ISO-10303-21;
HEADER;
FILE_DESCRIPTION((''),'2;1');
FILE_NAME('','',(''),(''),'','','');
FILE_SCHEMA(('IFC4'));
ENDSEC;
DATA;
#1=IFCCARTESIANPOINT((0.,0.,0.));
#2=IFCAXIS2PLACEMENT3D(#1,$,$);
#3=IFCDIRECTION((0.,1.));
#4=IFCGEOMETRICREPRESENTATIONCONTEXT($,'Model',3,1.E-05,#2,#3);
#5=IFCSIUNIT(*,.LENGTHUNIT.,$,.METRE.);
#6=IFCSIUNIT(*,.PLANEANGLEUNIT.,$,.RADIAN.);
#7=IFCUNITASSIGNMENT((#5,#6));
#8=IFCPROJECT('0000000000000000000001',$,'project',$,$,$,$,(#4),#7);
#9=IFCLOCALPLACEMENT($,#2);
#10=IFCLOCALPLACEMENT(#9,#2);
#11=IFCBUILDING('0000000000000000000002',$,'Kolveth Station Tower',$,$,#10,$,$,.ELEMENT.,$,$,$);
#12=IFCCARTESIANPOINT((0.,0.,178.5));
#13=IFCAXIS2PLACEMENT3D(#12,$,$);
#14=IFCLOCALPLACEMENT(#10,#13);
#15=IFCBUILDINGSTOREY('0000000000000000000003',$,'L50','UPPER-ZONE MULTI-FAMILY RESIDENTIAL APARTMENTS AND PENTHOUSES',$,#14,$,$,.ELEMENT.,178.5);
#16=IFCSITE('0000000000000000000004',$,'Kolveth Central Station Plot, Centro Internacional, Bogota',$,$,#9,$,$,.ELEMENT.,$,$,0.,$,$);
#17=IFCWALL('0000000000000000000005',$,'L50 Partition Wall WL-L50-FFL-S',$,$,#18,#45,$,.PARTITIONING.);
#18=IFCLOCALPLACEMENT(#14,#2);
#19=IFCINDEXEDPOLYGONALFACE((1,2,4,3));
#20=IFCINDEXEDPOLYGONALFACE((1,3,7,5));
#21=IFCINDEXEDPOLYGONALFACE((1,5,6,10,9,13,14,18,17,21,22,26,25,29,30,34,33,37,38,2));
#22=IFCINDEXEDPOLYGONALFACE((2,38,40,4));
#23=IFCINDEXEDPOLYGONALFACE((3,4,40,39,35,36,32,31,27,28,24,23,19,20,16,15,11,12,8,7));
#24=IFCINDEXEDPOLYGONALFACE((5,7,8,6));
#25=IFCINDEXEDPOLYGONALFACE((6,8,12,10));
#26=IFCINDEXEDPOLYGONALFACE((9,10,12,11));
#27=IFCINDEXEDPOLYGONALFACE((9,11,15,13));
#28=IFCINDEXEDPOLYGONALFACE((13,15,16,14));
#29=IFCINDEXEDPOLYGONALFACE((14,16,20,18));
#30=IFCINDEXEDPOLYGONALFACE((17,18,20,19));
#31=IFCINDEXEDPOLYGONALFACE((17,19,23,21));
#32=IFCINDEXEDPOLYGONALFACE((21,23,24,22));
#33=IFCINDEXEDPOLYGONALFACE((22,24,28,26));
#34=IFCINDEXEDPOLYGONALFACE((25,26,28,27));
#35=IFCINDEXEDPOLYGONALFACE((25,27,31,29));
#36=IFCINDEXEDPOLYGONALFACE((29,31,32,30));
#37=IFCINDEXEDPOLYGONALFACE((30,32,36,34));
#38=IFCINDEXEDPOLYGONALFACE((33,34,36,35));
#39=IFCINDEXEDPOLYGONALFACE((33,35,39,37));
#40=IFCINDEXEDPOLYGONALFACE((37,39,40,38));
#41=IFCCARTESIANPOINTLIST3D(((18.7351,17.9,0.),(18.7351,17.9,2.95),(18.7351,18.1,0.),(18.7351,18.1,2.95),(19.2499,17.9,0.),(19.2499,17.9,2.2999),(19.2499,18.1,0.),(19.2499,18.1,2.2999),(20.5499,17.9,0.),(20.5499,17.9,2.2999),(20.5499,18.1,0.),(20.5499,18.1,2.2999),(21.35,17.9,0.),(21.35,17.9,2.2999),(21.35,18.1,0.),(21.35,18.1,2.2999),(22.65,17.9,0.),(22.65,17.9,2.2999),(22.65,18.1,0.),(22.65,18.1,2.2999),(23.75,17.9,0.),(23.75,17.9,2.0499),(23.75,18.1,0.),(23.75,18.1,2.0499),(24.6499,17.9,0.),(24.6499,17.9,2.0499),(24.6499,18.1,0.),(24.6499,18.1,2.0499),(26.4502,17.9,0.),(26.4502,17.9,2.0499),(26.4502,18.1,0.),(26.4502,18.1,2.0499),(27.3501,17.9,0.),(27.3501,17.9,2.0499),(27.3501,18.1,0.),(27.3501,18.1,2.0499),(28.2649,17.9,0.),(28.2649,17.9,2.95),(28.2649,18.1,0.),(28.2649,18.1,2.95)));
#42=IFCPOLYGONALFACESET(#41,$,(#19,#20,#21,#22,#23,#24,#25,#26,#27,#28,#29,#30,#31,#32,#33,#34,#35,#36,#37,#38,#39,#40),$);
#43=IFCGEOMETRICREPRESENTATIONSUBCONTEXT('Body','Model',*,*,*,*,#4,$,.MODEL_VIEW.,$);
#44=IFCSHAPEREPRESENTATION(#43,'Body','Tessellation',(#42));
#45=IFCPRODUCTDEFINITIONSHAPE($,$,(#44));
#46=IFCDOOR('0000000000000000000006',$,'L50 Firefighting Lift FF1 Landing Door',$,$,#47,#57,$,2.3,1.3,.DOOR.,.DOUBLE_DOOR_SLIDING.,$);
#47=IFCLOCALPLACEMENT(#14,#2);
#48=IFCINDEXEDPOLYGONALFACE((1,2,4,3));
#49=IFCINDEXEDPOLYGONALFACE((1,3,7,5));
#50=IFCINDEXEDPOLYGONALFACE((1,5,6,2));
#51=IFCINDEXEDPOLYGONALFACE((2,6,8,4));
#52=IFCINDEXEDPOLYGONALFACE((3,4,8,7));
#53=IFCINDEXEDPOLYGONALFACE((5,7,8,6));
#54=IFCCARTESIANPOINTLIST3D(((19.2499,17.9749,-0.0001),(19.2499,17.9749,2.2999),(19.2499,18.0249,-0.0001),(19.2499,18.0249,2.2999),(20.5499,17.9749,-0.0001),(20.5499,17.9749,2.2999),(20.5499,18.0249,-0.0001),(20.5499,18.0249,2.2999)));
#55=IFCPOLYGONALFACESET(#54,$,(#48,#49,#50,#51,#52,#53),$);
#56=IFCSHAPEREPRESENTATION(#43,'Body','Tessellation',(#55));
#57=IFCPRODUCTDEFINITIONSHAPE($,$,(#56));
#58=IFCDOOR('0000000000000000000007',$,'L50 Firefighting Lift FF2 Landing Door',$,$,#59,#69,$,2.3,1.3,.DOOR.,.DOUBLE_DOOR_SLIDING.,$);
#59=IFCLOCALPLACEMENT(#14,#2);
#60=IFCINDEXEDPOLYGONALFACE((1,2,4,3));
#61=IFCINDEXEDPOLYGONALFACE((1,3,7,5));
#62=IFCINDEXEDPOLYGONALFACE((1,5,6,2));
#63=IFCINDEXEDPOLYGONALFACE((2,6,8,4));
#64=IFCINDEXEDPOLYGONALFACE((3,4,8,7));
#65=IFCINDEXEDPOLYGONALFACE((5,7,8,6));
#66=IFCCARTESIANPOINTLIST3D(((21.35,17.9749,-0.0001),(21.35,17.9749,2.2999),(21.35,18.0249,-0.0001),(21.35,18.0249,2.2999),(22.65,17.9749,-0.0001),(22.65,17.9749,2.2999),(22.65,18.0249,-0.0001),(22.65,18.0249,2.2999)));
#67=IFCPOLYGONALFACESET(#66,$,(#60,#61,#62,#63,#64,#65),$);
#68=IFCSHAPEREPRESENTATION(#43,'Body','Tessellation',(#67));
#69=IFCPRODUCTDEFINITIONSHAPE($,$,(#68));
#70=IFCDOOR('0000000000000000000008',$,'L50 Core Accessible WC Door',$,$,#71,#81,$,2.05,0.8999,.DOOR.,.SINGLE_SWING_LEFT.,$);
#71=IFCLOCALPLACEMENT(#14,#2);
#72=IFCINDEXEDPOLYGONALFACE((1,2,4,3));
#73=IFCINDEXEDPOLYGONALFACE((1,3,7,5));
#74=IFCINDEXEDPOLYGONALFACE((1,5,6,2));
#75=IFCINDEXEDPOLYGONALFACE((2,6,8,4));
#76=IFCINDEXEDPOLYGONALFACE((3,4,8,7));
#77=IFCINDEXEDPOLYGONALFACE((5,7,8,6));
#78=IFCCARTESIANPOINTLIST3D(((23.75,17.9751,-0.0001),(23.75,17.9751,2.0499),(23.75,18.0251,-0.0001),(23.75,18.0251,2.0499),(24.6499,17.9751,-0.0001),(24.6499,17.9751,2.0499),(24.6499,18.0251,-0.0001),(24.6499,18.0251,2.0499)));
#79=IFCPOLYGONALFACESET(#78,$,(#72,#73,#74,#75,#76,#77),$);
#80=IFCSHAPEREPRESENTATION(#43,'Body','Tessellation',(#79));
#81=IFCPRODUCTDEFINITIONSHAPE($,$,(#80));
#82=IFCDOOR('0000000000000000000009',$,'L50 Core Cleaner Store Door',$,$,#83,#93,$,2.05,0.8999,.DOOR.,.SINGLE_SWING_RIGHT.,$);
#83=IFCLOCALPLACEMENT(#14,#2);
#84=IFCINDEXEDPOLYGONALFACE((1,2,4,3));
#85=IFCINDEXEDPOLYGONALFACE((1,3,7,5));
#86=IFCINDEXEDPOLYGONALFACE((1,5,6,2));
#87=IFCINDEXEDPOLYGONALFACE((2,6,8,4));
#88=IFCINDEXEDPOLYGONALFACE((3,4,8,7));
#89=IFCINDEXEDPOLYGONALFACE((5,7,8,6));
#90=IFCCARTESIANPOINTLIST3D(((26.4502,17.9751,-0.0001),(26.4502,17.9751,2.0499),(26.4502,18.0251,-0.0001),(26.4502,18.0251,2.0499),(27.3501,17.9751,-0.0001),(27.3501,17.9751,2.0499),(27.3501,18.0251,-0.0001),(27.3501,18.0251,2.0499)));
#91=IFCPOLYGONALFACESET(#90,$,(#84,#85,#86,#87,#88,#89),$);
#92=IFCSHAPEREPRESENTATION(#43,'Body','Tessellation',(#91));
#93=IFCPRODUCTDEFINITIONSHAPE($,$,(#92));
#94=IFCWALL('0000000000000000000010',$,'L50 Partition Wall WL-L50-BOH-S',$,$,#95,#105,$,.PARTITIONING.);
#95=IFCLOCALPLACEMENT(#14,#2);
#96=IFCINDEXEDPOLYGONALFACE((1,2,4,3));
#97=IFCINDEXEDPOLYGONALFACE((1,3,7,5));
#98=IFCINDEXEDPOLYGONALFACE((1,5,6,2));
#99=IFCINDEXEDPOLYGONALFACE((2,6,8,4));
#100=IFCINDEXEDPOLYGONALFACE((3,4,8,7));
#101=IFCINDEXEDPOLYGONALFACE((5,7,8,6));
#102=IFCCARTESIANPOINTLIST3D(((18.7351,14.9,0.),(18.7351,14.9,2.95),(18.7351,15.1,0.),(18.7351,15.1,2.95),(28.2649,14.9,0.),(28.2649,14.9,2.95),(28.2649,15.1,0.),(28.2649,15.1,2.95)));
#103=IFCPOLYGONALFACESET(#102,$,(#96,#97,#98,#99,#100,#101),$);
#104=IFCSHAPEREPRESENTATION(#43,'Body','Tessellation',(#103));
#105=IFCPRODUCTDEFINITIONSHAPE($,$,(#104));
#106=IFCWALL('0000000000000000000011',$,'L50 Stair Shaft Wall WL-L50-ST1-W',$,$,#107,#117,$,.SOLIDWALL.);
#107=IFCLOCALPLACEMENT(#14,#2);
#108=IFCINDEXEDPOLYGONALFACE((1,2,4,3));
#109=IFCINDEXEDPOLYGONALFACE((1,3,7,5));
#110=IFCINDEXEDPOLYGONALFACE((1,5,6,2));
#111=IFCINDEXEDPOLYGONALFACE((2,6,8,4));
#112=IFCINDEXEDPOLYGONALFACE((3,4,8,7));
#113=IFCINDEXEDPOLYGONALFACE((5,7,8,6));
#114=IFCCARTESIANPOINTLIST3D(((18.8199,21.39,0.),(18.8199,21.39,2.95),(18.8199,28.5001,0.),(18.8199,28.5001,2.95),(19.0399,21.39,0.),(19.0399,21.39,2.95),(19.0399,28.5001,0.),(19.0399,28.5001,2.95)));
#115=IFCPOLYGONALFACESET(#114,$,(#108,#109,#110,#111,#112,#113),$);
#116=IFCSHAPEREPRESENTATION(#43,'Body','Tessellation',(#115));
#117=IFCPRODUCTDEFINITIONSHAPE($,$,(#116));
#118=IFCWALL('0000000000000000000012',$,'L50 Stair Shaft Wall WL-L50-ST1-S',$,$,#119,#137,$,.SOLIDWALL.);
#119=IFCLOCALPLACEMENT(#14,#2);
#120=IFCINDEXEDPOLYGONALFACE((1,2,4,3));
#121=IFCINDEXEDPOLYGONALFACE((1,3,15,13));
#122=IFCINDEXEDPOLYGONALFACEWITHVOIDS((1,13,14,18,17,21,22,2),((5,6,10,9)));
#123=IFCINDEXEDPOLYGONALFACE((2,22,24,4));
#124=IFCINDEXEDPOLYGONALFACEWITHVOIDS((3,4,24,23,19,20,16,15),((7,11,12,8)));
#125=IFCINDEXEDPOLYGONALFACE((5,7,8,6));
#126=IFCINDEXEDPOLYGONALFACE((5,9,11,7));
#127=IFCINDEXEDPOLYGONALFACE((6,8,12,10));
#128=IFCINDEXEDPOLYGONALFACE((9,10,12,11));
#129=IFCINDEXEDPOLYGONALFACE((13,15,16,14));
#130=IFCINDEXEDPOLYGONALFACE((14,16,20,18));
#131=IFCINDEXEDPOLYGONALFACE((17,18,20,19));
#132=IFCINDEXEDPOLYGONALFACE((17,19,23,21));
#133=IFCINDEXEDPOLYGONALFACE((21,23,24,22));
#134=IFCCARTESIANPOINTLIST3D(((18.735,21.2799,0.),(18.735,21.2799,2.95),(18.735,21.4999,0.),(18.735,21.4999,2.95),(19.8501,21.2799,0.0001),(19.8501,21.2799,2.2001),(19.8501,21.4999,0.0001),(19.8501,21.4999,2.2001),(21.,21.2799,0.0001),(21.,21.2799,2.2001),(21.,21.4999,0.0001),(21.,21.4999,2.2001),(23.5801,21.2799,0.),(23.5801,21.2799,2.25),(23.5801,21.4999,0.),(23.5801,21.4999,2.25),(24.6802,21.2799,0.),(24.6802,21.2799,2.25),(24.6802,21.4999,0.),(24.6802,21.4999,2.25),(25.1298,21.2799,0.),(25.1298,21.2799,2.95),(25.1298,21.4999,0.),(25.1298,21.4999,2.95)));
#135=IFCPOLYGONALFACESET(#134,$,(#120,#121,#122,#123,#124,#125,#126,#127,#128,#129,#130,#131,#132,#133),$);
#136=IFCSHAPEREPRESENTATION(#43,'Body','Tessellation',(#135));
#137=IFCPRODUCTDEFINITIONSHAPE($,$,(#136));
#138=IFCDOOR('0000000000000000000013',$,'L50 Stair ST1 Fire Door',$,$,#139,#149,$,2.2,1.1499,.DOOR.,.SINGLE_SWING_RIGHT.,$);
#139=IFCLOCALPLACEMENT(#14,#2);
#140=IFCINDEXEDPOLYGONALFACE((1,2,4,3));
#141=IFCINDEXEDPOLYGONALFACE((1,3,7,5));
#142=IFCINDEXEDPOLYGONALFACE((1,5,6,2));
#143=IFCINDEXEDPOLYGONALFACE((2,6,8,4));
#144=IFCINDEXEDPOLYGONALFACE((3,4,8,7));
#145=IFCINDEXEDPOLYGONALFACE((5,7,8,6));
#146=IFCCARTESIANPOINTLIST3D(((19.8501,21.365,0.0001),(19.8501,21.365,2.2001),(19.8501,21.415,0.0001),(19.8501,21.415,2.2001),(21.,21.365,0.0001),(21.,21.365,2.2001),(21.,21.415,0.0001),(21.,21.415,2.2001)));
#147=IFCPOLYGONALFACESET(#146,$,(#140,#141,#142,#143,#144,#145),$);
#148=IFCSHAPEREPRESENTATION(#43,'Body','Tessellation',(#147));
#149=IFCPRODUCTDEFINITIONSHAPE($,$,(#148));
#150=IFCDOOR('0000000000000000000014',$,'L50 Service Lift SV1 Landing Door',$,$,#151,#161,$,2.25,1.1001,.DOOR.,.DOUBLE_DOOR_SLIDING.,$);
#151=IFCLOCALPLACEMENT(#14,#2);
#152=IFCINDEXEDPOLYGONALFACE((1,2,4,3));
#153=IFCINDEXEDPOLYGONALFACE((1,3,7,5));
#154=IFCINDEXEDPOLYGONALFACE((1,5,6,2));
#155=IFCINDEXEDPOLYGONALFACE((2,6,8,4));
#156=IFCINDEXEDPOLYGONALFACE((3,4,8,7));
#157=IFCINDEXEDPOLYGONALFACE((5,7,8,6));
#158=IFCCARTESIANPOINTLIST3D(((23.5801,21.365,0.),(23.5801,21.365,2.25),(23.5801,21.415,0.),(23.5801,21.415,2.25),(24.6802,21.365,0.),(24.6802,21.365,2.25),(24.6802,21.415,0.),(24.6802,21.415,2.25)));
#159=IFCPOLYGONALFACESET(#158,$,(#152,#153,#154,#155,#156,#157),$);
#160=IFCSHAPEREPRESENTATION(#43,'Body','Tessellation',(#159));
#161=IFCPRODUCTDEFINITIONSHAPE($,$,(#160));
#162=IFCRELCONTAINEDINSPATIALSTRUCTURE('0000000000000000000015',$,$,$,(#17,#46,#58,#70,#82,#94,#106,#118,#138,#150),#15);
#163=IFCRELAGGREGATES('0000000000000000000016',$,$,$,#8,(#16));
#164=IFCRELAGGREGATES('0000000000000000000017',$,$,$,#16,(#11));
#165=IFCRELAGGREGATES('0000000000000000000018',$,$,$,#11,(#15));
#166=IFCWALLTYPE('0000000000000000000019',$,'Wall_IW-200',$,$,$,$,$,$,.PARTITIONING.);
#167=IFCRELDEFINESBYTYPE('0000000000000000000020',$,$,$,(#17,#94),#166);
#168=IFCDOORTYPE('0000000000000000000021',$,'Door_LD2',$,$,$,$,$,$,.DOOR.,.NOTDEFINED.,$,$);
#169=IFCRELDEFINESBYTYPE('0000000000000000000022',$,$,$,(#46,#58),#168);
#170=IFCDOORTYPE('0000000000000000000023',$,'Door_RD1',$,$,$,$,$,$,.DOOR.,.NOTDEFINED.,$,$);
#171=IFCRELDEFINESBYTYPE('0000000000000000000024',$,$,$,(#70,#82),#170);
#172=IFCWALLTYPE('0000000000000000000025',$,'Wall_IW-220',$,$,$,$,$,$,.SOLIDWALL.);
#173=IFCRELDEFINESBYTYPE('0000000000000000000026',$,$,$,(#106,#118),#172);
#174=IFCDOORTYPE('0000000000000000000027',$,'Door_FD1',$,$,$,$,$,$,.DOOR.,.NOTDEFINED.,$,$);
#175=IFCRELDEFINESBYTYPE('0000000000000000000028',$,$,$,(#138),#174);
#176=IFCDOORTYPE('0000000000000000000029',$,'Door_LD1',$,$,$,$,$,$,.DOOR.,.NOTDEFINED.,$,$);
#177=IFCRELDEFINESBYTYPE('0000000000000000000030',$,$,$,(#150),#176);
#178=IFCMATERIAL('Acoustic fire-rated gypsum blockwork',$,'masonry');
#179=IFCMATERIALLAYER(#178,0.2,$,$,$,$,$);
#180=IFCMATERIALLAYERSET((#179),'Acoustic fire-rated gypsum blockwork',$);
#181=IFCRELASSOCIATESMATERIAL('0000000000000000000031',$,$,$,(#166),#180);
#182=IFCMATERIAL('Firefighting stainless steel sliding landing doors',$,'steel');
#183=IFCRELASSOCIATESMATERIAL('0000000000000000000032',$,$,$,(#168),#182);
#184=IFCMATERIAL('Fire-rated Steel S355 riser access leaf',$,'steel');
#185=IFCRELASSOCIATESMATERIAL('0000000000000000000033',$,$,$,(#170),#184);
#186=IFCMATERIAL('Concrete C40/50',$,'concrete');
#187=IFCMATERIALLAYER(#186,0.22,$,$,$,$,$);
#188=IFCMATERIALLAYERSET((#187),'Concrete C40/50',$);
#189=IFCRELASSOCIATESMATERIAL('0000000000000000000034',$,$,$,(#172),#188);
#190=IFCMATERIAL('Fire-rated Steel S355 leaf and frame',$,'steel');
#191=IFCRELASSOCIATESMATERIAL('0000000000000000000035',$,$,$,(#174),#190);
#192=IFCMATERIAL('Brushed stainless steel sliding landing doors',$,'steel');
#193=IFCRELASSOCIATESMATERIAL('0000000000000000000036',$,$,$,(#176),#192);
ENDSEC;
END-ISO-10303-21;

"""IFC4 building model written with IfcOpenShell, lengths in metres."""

from ifc_helpers import new_model, si_unit, direction, frame, frame_2d, origin, place, context, subcontext, project, spatial, rectangle, extrude, material, layer, layer_set, type_object, element, fill, save


model = new_model("IFC4")

# Units and contexts
model_context = context("Model", 3, precision=1e-05, world=origin(), true_north=direction((0.0, 1.0)))
body_context = subcontext(model_context, "Body", "Model", "MODEL_VIEW")
ifc_project = project(units=[si_unit("LENGTHUNIT", "METRE"), si_unit("PLANEANGLEUNIT", "RADIAN")], contexts=[model_context])

# Site, building, storey
site_placement = place(None, origin())
site = spatial("IfcSite", under=ifc_project, at=site_placement, Name="Kolveth Central Station Plot, Centro Internacional, Bogota", CompositionType="ELEMENT", RefElevation=0.0)
building_placement = place(site_placement, origin())
building = spatial("IfcBuilding", under=site, at=building_placement, Name="Kolveth Station Tower", CompositionType="ELEMENT")
storey_placement = place(building_placement, frame((0.0, 0.0, 178.5)))
storey = spatial("IfcBuildingStorey", under=building, at=storey_placement, Name="L50", Description="UPPER-ZONE MULTI-FAMILY RESIDENTIAL APARTMENTS AND PENTHOUSES", CompositionType="ELEMENT", Elevation=178.5)

# Wall, openings, doors
ifc_material_1 = material(Name="Acoustic fire-rated gypsum blockwork", Category="masonry")
ifc_layer_1 = layer(ifc_material_1, 0.2)
ifc_layer_set_1 = layer_set([ifc_layer_1], Name="Acoustic fire-rated gypsum blockwork")
wall_type_1 = type_object("IfcWallType", Name="Wall_IW-200", PredefinedType="PARTITIONING", material=ifc_layer_set_1)
wall_1_placement = place(storey_placement, frame((18.7351, 18.0, 0.0), z_axis=(0.0, 0.0, 1.0), x_axis=(1.0, 0.0, 0.0)))
wall_1 = element("IfcWall", 1, at=wall_1_placement, inside=storey, type_object=wall_type_1, Name="L50 Partition Wall WL-L50-FFL-S", PredefinedType="PARTITIONING", context=body_context, shape_type="SweptSolid", body=[
    extrude(rectangle(XDim=9.5298, YDim=0.2, at=frame_2d((4.7649, 0.0))), origin(), (0.0, 0.0, 1.0), 2.95),
])
opening_1_placement = place(wall_1_placement, frame((0.5149, 0.0, 0.0)))
opening_1 = element("IfcOpeningElement", 2, at=opening_1_placement, cuts=wall_1, PredefinedType="OPENING", context=body_context, shape_type="SweptSolid", body=[
    extrude(rectangle(XDim=1.3, YDim=2.3, at=frame_2d((0.6499, 1.1499))), frame((0.0, 0.1099, 0.0), z_axis=(0.0, -1.0, 0.0), x_axis=(1.0, 0.0, 0.0)), (0.0, 0.0, 1.0), 0.22),
])
opening_2_placement = place(wall_1_placement, frame((2.615, 0.0, 0.0)))
opening_2 = element("IfcOpeningElement", 3, at=opening_2_placement, cuts=wall_1, PredefinedType="OPENING", context=body_context, shape_type="SweptSolid", body=[
    extrude(rectangle(XDim=1.3, YDim=2.3, at=frame_2d((0.6499, 1.1499))), frame((0.0, 0.1099, 0.0), z_axis=(0.0, -1.0, 0.0), x_axis=(1.0, 0.0, 0.0)), (0.0, 0.0, 1.0), 0.22),
])
opening_3_placement = place(wall_1_placement, frame((5.0149, 0.0, 0.0)))
opening_3 = element("IfcOpeningElement", 4, at=opening_3_placement, cuts=wall_1, PredefinedType="OPENING", context=body_context, shape_type="SweptSolid", body=[
    extrude(rectangle(XDim=0.8999, YDim=2.05, at=frame_2d((0.45, 1.0249))), frame((0.0, 0.1099, 0.0), z_axis=(0.0, -1.0, 0.0), x_axis=(1.0, 0.0, 0.0)), (0.0, 0.0, 1.0), 0.22),
])
opening_4_placement = place(wall_1_placement, frame((7.7151, 0.0, 0.0)))
opening_4 = element("IfcOpeningElement", 5, at=opening_4_placement, cuts=wall_1, PredefinedType="OPENING", context=body_context, shape_type="SweptSolid", body=[
    extrude(rectangle(XDim=0.8999, YDim=2.05, at=frame_2d((0.45, 1.0249))), frame((0.0, 0.1099, 0.0), z_axis=(0.0, -1.0, 0.0), x_axis=(1.0, 0.0, 0.0)), (0.0, 0.0, 1.0), 0.22),
])
ifc_material_2 = material(Name="Firefighting stainless steel sliding landing doors", Category="steel")
door_type_1 = type_object("IfcDoorType", Name="Door_LD2", OperationType="NOTDEFINED", PredefinedType="DOOR", material=ifc_material_2)
door_1_placement = place(opening_1_placement, origin())
door_1 = element("IfcDoor", 6, at=door_1_placement, inside=storey, type_object=door_type_1, Name="L50 Firefighting Lift FF1 Landing Door", OperationType="DOUBLE_DOOR_SLIDING", OverallHeight=2.3, OverallWidth=1.3, PredefinedType="DOOR", context=body_context, shape_type="SweptSolid", body=[
    extrude(rectangle(XDim=1.3, YDim=2.3, at=frame_2d((0.6499, 1.1499))), frame((0.0, 0.0249, 0.0), z_axis=(0.0, -1.0, 0.0), x_axis=(1.0, 0.0, 0.0)), (0.0, 0.0, 1.0), 0.05),
])
fill(opening_1, door_1)
door_2_placement = place(opening_2_placement, origin())
door_2 = element("IfcDoor", 7, at=door_2_placement, inside=storey, type_object=door_type_1, Name="L50 Firefighting Lift FF2 Landing Door", OperationType="DOUBLE_DOOR_SLIDING", OverallHeight=2.3, OverallWidth=1.3, PredefinedType="DOOR", context=body_context, shape_type="SweptSolid", body=[
    extrude(rectangle(XDim=1.3, YDim=2.3, at=frame_2d((0.6499, 1.1499))), frame((0.0, 0.0249, 0.0), z_axis=(0.0, -1.0, 0.0), x_axis=(1.0, 0.0, 0.0)), (0.0, 0.0, 1.0), 0.05),
])
fill(opening_2, door_2)
ifc_material_3 = material(Name="Fire-rated Steel S355 riser access leaf", Category="steel")
door_type_2 = type_object("IfcDoorType", Name="Door_RD1", OperationType="NOTDEFINED", PredefinedType="DOOR", material=ifc_material_3)
door_3_placement = place(opening_3_placement, frame((0.8999, 0.0, 0.0), z_axis=(0.0, 0.0, 1.0), x_axis=(-1.0, 0.0, 0.0)))
door_3 = element("IfcDoor", 8, at=door_3_placement, inside=storey, type_object=door_type_2, Name="L50 Core Accessible WC Door", OperationType="SINGLE_SWING_LEFT", OverallHeight=2.05, OverallWidth=0.8999, PredefinedType="DOOR", context=body_context, shape_type="SweptSolid", body=[
    extrude(rectangle(XDim=0.8999, YDim=2.05, at=frame_2d((0.45, 1.0249))), frame((0.0, 0.0249, 0.0), z_axis=(0.0, -1.0, 0.0), x_axis=(1.0, 0.0, 0.0)), (0.0, 0.0, 1.0), 0.05),
])
fill(opening_3, door_3)
door_4_placement = place(opening_4_placement, frame((0.8999, 0.0, 0.0), z_axis=(0.0, 0.0, 1.0), x_axis=(-1.0, 0.0, 0.0)))
door_4 = element("IfcDoor", 9, at=door_4_placement, inside=storey, type_object=door_type_2, Name="L50 Core Cleaner Store Door", OperationType="SINGLE_SWING_RIGHT", OverallHeight=2.05, OverallWidth=0.8999, PredefinedType="DOOR", context=body_context, shape_type="SweptSolid", body=[
    extrude(rectangle(XDim=0.8999, YDim=2.05, at=frame_2d((0.45, 1.0249))), frame((0.0, 0.0249, 0.0), z_axis=(0.0, -1.0, 0.0), x_axis=(1.0, 0.0, 0.0)), (0.0, 0.0, 1.0), 0.05),
])
fill(opening_4, door_4)

# Walls
wall_2_placement = place(storey_placement, frame((18.7351, 15.0, 0.0), z_axis=(0.0, 0.0, 1.0), x_axis=(1.0, 0.0, 0.0)))
element("IfcWall", 10, at=wall_2_placement, inside=storey, type_object=wall_type_1, Name="L50 Partition Wall WL-L50-BOH-S", PredefinedType="PARTITIONING", context=body_context, shape_type="SweptSolid", body=[
    extrude(rectangle(XDim=9.5298, YDim=0.2, at=frame_2d((4.7649, 0.0))), origin(), (0.0, 0.0, 1.0), 2.95),
])
ifc_material_4 = material(Name="Concrete C40/50", Category="concrete")
ifc_layer_2 = layer(ifc_material_4, 0.22)
ifc_layer_set_2 = layer_set([ifc_layer_2], Name="Concrete C40/50")
wall_type_2 = type_object("IfcWallType", Name="Wall_IW-220", PredefinedType="SOLIDWALL", material=ifc_layer_set_2)
wall_3_placement = place(storey_placement, frame((18.9299, 21.3899, 0.0), z_axis=(0.0, 0.0, 1.0), x_axis=(0.0, 1.0, 0.0)))
element("IfcWall", 11, at=wall_3_placement, inside=storey, type_object=wall_type_2, Name="L50 Stair Shaft Wall WL-L50-ST1-W", PredefinedType="SOLIDWALL", context=body_context, shape_type="SweptSolid", body=[
    extrude(rectangle(XDim=7.1101, YDim=0.22, at=frame_2d((3.5552, 0.0))), origin(), (0.0, 0.0, 1.0), 2.95),
])

# Wall, openings, doors
wall_4_placement = place(storey_placement, frame((18.7351, 21.3899, 0.0), z_axis=(0.0, 0.0, 1.0), x_axis=(1.0, 0.0, 0.0)))
wall_4 = element("IfcWall", 12, at=wall_4_placement, inside=storey, type_object=wall_type_2, Name="L50 Stair Shaft Wall WL-L50-ST1-S", PredefinedType="SOLIDWALL", context=body_context, shape_type="SweptSolid", body=[
    extrude(rectangle(XDim=6.3948, YDim=0.22, at=frame_2d((3.1973, 0.0))), origin(), (0.0, 0.0, 1.0), 2.95),
])
opening_5_placement = place(wall_4_placement, frame((1.115, 0.0, 0.0)))
opening_5 = element("IfcOpeningElement", 13, at=opening_5_placement, cuts=wall_4, PredefinedType="OPENING", context=body_context, shape_type="SweptSolid", body=[
    extrude(rectangle(XDim=1.1499, YDim=2.2, at=frame_2d((0.575, 1.1001))), frame((0.0, 0.1199, 0.0), z_axis=(0.0, -1.0, 0.0), x_axis=(1.0, 0.0, 0.0)), (0.0, 0.0, 1.0), 0.24),
])
opening_6_placement = place(wall_4_placement, frame((4.845, 0.0, 0.0)))
opening_6 = element("IfcOpeningElement", 14, at=opening_6_placement, cuts=wall_4, PredefinedType="OPENING", context=body_context, shape_type="SweptSolid", body=[
    extrude(rectangle(XDim=1.1001, YDim=2.25, at=frame_2d((0.55, 1.125))), frame((0.0, 0.1199, 0.0), z_axis=(0.0, -1.0, 0.0), x_axis=(1.0, 0.0, 0.0)), (0.0, 0.0, 1.0), 0.24),
])
ifc_material_5 = material(Name="Fire-rated Steel S355 leaf and frame", Category="steel")
door_type_3 = type_object("IfcDoorType", Name="Door_FD1", OperationType="NOTDEFINED", PredefinedType="DOOR", material=ifc_material_5)
door_5_placement = place(opening_5_placement, frame((1.1499, 0.0, 0.0), z_axis=(0.0, 0.0, 1.0), x_axis=(-1.0, 0.0, 0.0)))
door_5 = element("IfcDoor", 15, at=door_5_placement, inside=storey, type_object=door_type_3, Name="L50 Stair ST1 Fire Door", OperationType="SINGLE_SWING_RIGHT", OverallHeight=2.2, OverallWidth=1.1499, PredefinedType="DOOR", context=body_context, shape_type="SweptSolid", body=[
    extrude(rectangle(XDim=1.1499, YDim=2.2, at=frame_2d((0.575, 1.1001))), frame((0.0, 0.0249, 0.0), z_axis=(0.0, -1.0, 0.0), x_axis=(1.0, 0.0, 0.0)), (0.0, 0.0, 1.0), 0.05),
])
fill(opening_5, door_5)
ifc_material_6 = material(Name="Brushed stainless steel sliding landing doors", Category="steel")
door_type_4 = type_object("IfcDoorType", Name="Door_LD1", OperationType="NOTDEFINED", PredefinedType="DOOR", material=ifc_material_6)
door_6_placement = place(opening_6_placement, frame((1.1001, 0.0, 0.0), z_axis=(0.0, 0.0, 1.0), x_axis=(-1.0, 0.0, 0.0)))
door_6 = element("IfcDoor", 16, at=door_6_placement, inside=storey, type_object=door_type_4, Name="L50 Service Lift SV1 Landing Door", OperationType="DOUBLE_DOOR_SLIDING", OverallHeight=2.25, OverallWidth=1.1001, PredefinedType="DOOR", context=body_context, shape_type="SweptSolid", body=[
    extrude(rectangle(XDim=1.1001, YDim=2.25, at=frame_2d((0.55, 1.125))), frame((0.0, 0.0249, 0.0), z_axis=(0.0, -1.0, 0.0), x_axis=(1.0, 0.0, 0.0)), (0.0, 0.0, 1.0), 0.05),
])
fill(opening_6, door_6)

save(model, "model.ifc")
